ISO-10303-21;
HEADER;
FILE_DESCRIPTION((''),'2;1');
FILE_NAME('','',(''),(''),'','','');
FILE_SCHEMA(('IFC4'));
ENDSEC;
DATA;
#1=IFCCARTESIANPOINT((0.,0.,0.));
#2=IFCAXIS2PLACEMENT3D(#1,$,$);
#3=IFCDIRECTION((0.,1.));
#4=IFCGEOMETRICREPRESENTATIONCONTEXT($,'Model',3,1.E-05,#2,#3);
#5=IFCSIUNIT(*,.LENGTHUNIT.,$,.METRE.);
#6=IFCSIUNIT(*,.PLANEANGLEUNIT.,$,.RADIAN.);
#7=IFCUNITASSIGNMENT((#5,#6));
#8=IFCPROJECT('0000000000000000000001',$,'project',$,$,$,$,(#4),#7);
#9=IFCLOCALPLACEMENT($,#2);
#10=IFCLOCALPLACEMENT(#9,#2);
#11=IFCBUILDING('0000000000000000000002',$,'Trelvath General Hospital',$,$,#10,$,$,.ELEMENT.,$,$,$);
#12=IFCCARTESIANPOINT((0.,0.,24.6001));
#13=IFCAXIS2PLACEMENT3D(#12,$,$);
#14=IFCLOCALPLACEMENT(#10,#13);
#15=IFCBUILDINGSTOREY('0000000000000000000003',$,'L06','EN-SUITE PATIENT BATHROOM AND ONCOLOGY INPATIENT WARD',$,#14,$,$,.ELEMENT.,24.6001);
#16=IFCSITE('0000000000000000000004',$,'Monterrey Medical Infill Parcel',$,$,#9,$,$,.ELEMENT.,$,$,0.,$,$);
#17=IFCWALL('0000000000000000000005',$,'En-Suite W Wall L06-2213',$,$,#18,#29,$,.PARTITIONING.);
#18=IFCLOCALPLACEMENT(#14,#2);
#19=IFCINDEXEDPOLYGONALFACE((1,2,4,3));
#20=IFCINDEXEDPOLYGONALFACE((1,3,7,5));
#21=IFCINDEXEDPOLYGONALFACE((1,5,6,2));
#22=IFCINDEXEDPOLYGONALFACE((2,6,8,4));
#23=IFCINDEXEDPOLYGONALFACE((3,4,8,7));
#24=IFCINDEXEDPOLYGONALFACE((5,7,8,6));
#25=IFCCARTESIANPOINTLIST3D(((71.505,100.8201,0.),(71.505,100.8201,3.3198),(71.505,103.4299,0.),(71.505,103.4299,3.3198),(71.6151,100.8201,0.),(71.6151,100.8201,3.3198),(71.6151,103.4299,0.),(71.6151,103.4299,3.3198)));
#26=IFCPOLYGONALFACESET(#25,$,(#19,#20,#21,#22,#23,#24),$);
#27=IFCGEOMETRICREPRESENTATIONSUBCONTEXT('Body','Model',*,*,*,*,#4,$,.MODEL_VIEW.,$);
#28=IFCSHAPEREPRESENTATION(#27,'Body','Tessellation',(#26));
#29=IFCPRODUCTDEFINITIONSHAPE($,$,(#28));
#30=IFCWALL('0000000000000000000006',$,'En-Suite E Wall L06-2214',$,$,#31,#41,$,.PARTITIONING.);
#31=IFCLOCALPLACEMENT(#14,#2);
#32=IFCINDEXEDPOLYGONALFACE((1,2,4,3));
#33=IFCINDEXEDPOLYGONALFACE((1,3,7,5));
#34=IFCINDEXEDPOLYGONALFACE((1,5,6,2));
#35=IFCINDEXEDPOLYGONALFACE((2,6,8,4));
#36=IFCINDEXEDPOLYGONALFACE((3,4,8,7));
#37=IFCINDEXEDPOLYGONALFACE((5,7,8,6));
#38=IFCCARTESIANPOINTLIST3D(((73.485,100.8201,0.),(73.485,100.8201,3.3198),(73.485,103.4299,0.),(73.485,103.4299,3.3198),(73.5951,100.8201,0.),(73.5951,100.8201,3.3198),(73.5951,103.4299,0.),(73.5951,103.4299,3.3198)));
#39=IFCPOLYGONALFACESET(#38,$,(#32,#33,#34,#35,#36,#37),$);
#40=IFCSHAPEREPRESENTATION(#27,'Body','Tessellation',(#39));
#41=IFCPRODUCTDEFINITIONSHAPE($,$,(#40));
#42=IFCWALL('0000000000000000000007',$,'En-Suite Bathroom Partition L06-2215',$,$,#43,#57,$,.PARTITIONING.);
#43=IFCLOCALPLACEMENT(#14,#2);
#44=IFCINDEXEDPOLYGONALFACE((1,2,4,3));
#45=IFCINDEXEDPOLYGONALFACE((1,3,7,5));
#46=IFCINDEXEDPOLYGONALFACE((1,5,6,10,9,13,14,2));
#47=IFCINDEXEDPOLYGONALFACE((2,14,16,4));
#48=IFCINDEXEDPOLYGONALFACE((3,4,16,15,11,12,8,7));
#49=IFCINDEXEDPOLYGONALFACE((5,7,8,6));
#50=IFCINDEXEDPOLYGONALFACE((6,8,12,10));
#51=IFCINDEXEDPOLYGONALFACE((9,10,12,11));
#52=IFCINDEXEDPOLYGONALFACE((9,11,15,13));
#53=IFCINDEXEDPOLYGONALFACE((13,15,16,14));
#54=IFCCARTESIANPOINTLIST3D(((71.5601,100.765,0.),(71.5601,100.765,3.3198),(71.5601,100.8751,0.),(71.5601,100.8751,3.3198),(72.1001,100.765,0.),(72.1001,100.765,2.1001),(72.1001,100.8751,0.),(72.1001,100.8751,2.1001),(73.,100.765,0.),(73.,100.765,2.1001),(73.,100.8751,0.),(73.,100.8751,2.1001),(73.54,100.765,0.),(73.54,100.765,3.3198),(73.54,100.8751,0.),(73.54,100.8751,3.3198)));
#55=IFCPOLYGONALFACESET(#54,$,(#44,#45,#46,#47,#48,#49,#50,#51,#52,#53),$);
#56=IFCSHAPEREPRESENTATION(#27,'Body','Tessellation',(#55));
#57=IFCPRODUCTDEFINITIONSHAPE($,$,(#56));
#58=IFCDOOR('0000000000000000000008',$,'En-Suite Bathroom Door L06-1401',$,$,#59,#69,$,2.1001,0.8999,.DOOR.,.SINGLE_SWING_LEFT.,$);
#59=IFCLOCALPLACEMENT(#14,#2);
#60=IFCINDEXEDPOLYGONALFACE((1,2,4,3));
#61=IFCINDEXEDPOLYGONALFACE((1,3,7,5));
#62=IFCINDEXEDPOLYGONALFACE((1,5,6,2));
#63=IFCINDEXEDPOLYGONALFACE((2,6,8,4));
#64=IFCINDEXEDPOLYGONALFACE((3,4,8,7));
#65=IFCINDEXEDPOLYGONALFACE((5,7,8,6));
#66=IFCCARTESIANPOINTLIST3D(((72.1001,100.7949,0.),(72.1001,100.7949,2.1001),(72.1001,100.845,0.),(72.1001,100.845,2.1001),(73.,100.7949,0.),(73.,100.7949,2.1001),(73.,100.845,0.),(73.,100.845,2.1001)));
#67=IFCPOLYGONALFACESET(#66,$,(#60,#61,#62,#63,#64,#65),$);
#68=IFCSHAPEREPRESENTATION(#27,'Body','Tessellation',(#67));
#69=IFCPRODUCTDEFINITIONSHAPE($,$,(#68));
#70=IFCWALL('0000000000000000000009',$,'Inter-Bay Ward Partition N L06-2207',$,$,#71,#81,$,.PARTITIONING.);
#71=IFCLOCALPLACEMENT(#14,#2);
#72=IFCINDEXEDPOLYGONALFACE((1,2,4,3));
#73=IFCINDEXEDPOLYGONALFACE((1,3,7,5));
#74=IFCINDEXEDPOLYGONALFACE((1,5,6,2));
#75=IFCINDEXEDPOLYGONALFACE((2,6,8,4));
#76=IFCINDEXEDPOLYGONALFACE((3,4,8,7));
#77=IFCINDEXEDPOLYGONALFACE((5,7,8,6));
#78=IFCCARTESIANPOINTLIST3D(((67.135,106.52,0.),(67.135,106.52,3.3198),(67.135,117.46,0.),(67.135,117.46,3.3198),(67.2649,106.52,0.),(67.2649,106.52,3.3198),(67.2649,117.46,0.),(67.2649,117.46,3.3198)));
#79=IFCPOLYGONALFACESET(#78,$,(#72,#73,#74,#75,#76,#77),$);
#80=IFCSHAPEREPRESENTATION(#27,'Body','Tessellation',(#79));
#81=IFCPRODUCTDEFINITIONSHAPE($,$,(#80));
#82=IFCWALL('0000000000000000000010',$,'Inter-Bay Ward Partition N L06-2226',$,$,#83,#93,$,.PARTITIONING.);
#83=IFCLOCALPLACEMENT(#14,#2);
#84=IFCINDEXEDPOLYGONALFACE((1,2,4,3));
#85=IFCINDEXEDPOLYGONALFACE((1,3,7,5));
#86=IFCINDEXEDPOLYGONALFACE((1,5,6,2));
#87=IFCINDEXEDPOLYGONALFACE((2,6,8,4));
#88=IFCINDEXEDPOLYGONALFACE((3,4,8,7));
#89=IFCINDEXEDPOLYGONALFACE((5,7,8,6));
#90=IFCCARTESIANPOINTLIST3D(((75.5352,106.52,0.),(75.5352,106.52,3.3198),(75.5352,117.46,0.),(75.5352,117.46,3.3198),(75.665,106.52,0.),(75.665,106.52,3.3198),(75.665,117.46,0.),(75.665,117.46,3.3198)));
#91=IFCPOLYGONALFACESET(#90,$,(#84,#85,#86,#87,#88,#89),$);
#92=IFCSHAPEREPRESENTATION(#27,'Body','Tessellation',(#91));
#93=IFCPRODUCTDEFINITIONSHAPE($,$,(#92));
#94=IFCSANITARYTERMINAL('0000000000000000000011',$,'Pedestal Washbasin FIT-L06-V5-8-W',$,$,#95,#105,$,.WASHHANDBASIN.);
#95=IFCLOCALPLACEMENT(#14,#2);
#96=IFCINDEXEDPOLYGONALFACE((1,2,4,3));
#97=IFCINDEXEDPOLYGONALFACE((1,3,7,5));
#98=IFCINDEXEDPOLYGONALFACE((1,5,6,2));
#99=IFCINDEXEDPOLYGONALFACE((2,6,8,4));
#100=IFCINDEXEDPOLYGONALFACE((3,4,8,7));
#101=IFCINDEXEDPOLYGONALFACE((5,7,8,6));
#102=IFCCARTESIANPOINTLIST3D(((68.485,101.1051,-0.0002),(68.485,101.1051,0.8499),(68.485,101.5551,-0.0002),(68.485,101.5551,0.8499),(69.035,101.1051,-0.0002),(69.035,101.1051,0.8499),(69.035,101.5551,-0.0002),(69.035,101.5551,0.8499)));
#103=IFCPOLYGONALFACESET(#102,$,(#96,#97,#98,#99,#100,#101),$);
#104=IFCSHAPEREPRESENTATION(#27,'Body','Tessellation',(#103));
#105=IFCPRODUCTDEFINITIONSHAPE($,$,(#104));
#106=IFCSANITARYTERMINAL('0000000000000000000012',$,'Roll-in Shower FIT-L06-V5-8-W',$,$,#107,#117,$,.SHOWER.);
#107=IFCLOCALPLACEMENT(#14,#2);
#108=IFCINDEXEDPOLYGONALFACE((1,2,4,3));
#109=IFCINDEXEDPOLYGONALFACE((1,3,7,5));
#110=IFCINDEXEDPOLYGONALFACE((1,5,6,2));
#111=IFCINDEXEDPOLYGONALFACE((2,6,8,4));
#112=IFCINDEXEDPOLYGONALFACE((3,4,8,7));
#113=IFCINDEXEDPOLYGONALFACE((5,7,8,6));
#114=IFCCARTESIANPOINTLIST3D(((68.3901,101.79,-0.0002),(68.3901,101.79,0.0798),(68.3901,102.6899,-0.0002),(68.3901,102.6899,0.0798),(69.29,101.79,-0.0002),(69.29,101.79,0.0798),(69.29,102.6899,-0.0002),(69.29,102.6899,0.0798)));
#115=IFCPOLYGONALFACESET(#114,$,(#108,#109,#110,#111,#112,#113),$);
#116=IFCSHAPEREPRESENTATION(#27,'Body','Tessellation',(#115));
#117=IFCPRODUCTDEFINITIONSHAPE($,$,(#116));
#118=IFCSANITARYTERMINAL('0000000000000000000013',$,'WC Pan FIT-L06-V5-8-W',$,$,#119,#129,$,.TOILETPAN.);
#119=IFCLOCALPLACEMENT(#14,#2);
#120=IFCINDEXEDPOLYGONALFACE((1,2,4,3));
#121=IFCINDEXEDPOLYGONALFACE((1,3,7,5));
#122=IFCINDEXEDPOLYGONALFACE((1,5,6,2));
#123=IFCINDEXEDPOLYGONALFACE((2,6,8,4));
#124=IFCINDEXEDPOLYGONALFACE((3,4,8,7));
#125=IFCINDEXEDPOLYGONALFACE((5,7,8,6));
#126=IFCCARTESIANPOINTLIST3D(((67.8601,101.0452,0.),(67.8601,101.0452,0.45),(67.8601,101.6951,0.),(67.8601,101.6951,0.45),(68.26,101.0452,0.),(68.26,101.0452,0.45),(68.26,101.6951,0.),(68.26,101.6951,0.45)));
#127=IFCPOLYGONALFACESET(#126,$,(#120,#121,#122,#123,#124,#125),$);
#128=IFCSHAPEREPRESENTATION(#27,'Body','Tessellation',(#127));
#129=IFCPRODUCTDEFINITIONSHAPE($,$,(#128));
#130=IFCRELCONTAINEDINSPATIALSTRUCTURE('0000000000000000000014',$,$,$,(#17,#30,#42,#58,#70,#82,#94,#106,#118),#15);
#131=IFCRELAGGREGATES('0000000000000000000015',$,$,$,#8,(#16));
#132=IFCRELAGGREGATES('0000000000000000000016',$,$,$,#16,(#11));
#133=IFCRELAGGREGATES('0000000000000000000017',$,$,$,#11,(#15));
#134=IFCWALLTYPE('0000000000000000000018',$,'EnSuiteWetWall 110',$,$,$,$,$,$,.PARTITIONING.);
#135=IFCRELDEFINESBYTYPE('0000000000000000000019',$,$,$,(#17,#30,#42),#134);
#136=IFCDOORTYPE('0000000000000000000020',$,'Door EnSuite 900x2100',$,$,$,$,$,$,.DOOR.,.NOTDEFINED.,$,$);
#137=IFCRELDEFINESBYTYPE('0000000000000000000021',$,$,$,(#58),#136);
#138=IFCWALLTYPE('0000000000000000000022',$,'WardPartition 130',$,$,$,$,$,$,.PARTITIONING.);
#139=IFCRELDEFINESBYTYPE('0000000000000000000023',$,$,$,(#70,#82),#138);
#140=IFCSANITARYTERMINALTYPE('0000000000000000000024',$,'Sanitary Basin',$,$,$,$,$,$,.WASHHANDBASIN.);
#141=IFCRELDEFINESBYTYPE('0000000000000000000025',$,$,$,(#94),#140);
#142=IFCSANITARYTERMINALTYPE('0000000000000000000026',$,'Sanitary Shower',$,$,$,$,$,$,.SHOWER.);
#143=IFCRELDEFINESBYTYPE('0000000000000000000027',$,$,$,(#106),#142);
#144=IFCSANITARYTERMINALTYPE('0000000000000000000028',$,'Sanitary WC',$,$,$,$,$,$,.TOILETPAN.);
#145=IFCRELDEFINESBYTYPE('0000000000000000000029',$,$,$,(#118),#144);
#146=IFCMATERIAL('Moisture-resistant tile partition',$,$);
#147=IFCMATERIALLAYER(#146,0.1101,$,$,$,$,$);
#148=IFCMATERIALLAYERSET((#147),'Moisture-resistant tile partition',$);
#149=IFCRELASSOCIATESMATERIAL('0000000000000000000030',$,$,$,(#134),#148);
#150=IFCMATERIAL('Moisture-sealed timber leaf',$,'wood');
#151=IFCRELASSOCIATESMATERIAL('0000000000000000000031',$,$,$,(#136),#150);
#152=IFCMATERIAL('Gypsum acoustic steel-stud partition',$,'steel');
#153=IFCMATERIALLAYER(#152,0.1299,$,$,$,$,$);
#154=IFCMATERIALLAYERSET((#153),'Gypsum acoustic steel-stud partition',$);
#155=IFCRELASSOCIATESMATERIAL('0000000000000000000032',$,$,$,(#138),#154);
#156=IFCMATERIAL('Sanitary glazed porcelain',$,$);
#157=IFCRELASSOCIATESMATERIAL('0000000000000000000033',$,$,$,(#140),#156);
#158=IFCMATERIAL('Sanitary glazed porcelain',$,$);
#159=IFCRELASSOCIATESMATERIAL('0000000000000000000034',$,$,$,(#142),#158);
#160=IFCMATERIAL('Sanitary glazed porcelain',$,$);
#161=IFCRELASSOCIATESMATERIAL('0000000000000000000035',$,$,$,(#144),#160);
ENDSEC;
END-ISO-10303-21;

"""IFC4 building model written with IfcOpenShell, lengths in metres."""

from ifc_helpers import new_model, si_unit, direction, frame, frame_2d, origin, origin_2d, place, context, subcontext, project, spatial, rectangle, extrude, material, layer, layer_set, type_object, element, fill, save


model = new_model("IFC4")

# Units and contexts
model_context = context("Model", 3, precision=1e-05, world=origin(), true_north=direction((0.0, 1.0)))
body_context = subcontext(model_context, "Body", "Model", "MODEL_VIEW")
ifc_project = project(units=[si_unit("LENGTHUNIT", "METRE"), si_unit("PLANEANGLEUNIT", "RADIAN")], contexts=[model_context])

# Site, building, storey
site_placement = place(None, origin())
site = spatial("IfcSite", under=ifc_project, at=site_placement, Name="Monterrey Medical Infill Parcel", CompositionType="ELEMENT", RefElevation=0.0)
building_placement = place(site_placement, origin())
building = spatial("IfcBuilding", under=site, at=building_placement, Name="Trelvath General Hospital", CompositionType="ELEMENT")
storey_placement = place(building_placement, frame((0.0, 0.0, 24.6001)))
storey = spatial("IfcBuildingStorey", under=building, at=storey_placement, Name="L06", Description="EN-SUITE PATIENT BATHROOM AND ONCOLOGY INPATIENT WARD", CompositionType="ELEMENT", Elevation=24.6001)

# Walls
ifc_material_1 = material(Name="Moisture-resistant tile partition")
ifc_layer_1 = layer(ifc_material_1, 0.1101)
ifc_layer_set_1 = layer_set([ifc_layer_1], Name="Moisture-resistant tile partition")
wall_type_1 = type_object("IfcWallType", Name="EnSuiteWetWall 110", PredefinedType="PARTITIONING", material=ifc_layer_set_1)
for number, where, z_axis, x_axis, name in (
    (1, (71.5601, 100.8201, 0.0), (0.0, 0.0, 1.0), (0.0, 1.0, 0.0), "En-Suite W Wall L06-2213"),
    (2, (73.54, 100.8201, 0.0), (0.0, 0.0, 1.0), (0.0, 1.0, 0.0), "En-Suite E Wall L06-2214"),
):
    element("IfcWall", number, at=place(storey_placement, frame(where, z_axis=z_axis, x_axis=x_axis)), inside=storey, type_object=wall_type_1, Name=name, PredefinedType="PARTITIONING", context=body_context, shape_type="SweptSolid", body=[
        extrude(rectangle(XDim=2.6099, YDim=0.1101, at=frame_2d((1.3049, 0.0))), origin(), (0.0, 0.0, 1.0), 3.3198),
    ])

# Wall, opening, door
wall_1_placement = place(storey_placement, frame((71.5601, 100.8201, 0.0), z_axis=(0.0, 0.0, 1.0), x_axis=(1.0, 0.0, 0.0)))
wall_1 = element("IfcWall", 3, at=wall_1_placement, inside=storey, type_object=wall_type_1, Name="En-Suite Bathroom Partition L06-2215", PredefinedType="PARTITIONING", context=body_context, shape_type="SweptSolid", body=[
    extrude(rectangle(XDim=1.98, YDim=0.1101, at=frame_2d((0.99, 0.0))), origin(), (0.0, 0.0, 1.0), 3.3198),
])
opening_1_placement = place(wall_1_placement, frame((0.54, 0.0, 0.0)))
opening_1 = element("IfcOpeningElement", 4, at=opening_1_placement, cuts=wall_1, PredefinedType="OPENING", context=body_context, shape_type="SweptSolid", body=[
    extrude(rectangle(XDim=0.8999, YDim=2.1001, at=frame_2d((0.45, 1.05))), frame((0.0, 0.0649, 0.0), z_axis=(0.0, -1.0, 0.0), x_axis=(1.0, 0.0, 0.0)), (0.0, 0.0, 1.0), 0.1301),
])
ifc_material_2 = material(Name="Moisture-sealed timber leaf", Category="wood")
door_type_1 = type_object("IfcDoorType", Name="Door EnSuite 900x2100", OperationType="NOTDEFINED", PredefinedType="DOOR", material=ifc_material_2)
door_1_placement = place(opening_1_placement, origin())
door_1 = element("IfcDoor", 5, at=door_1_placement, inside=storey, type_object=door_type_1, Name="En-Suite Bathroom Door L06-1401", OperationType="SINGLE_SWING_LEFT", OverallHeight=2.1001, OverallWidth=0.8999, PredefinedType="DOOR", context=body_context, shape_type="SweptSolid", body=[
    extrude(rectangle(XDim=0.8999, YDim=2.1001, at=frame_2d((0.45, 1.05))), frame((0.0, 0.0249, 0.0), z_axis=(0.0, -1.0, 0.0), x_axis=(1.0, 0.0, 0.0)), (0.0, 0.0, 1.0), 0.05),
])
fill(opening_1, door_1)

# Walls
ifc_material_3 = material(Name="Gypsum acoustic steel-stud partition", Category="steel")
ifc_layer_2 = layer(ifc_material_3, 0.1299)
ifc_layer_set_2 = layer_set([ifc_layer_2], Name="Gypsum acoustic steel-stud partition")
wall_type_2 = type_object("IfcWallType", Name="WardPartition 130", PredefinedType="PARTITIONING", material=ifc_layer_set_2)
for number, where, z_axis, x_axis, name in (
    (6, (67.2, 106.52, 0.0), (0.0, 0.0, 1.0), (0.0, 1.0, 0.0), "Inter-Bay Ward Partition N L06-2207"),
    (7, (75.6001, 106.52, 0.0), (0.0, 0.0, 1.0), (0.0, 1.0, 0.0), "Inter-Bay Ward Partition N L06-2226"),
):
    element("IfcWall", number, at=place(storey_placement, frame(where, z_axis=z_axis, x_axis=x_axis)), inside=storey, type_object=wall_type_2, Name=name, PredefinedType="PARTITIONING", context=body_context, shape_type="SweptSolid", body=[
        extrude(rectangle(XDim=10.9399, YDim=0.1299, at=frame_2d((5.47, 0.0))), origin(), (0.0, 0.0, 1.0), 3.3198),
    ])

# Sanitary terminals
ifc_material_4 = material(Name="Sanitary glazed porcelain")
sanitary_terminal_type_1 = type_object("IfcSanitaryTerminalType", Name="Sanitary Basin", PredefinedType="WASHHANDBASIN", material=ifc_material_4)
sanitary_terminal_1_placement = place(storey_placement, frame((68.76, 101.3301, -0.0002), z_axis=(0.0, 0.0, 1.0), x_axis=(1.0, 0.0, 0.0)))
element("IfcSanitaryTerminal", 8, at=sanitary_terminal_1_placement, inside=storey, type_object=sanitary_terminal_type_1, Name="Pedestal Washbasin FIT-L06-V5-8-W", PredefinedType="WASHHANDBASIN", context=body_context, shape_type="SweptSolid", body=[
    extrude(rectangle(XDim=0.55, YDim=0.45, at=origin_2d()), origin(), (0.0, 0.0, 1.0), 0.8501),
])
ifc_material_5 = material(Name="Sanitary glazed porcelain")
sanitary_terminal_type_2 = type_object("IfcSanitaryTerminalType", Name="Sanitary Shower", PredefinedType="SHOWER", material=ifc_material_5)
sanitary_terminal_2_placement = place(storey_placement, frame((68.8401, 102.24, -0.0002), z_axis=(0.0, 0.0, 1.0), x_axis=(1.0, 0.0, 0.0)))
element("IfcSanitaryTerminal", 9, at=sanitary_terminal_2_placement, inside=storey, type_object=sanitary_terminal_type_2, Name="Roll-in Shower FIT-L06-V5-8-W", PredefinedType="SHOWER", context=body_context, shape_type="SweptSolid", body=[
    extrude(rectangle(XDim=0.8999, YDim=0.8999, at=origin_2d()), origin(), (0.0, 0.0, 1.0), 0.0801),
])
ifc_material_6 = material(Name="Sanitary glazed porcelain")
sanitary_terminal_type_3 = type_object("IfcSanitaryTerminalType", Name="Sanitary WC", PredefinedType="TOILETPAN", material=ifc_material_6)
sanitary_terminal_3_placement = place(storey_placement, frame((68.0601, 101.3701, 0.0), z_axis=(0.0, 0.0, 1.0), x_axis=(1.0, 0.0, 0.0)))
element("IfcSanitaryTerminal", 10, at=sanitary_terminal_3_placement, inside=storey, type_object=sanitary_terminal_type_3, Name="WC Pan FIT-L06-V5-8-W", PredefinedType="TOILETPAN", context=body_context, shape_type="SweptSolid", body=[
    extrude(rectangle(XDim=0.3999, YDim=0.6499, at=origin_2d()), origin(), (0.0, 0.0, 1.0), 0.45),
])

save(model, "model.ifc")
